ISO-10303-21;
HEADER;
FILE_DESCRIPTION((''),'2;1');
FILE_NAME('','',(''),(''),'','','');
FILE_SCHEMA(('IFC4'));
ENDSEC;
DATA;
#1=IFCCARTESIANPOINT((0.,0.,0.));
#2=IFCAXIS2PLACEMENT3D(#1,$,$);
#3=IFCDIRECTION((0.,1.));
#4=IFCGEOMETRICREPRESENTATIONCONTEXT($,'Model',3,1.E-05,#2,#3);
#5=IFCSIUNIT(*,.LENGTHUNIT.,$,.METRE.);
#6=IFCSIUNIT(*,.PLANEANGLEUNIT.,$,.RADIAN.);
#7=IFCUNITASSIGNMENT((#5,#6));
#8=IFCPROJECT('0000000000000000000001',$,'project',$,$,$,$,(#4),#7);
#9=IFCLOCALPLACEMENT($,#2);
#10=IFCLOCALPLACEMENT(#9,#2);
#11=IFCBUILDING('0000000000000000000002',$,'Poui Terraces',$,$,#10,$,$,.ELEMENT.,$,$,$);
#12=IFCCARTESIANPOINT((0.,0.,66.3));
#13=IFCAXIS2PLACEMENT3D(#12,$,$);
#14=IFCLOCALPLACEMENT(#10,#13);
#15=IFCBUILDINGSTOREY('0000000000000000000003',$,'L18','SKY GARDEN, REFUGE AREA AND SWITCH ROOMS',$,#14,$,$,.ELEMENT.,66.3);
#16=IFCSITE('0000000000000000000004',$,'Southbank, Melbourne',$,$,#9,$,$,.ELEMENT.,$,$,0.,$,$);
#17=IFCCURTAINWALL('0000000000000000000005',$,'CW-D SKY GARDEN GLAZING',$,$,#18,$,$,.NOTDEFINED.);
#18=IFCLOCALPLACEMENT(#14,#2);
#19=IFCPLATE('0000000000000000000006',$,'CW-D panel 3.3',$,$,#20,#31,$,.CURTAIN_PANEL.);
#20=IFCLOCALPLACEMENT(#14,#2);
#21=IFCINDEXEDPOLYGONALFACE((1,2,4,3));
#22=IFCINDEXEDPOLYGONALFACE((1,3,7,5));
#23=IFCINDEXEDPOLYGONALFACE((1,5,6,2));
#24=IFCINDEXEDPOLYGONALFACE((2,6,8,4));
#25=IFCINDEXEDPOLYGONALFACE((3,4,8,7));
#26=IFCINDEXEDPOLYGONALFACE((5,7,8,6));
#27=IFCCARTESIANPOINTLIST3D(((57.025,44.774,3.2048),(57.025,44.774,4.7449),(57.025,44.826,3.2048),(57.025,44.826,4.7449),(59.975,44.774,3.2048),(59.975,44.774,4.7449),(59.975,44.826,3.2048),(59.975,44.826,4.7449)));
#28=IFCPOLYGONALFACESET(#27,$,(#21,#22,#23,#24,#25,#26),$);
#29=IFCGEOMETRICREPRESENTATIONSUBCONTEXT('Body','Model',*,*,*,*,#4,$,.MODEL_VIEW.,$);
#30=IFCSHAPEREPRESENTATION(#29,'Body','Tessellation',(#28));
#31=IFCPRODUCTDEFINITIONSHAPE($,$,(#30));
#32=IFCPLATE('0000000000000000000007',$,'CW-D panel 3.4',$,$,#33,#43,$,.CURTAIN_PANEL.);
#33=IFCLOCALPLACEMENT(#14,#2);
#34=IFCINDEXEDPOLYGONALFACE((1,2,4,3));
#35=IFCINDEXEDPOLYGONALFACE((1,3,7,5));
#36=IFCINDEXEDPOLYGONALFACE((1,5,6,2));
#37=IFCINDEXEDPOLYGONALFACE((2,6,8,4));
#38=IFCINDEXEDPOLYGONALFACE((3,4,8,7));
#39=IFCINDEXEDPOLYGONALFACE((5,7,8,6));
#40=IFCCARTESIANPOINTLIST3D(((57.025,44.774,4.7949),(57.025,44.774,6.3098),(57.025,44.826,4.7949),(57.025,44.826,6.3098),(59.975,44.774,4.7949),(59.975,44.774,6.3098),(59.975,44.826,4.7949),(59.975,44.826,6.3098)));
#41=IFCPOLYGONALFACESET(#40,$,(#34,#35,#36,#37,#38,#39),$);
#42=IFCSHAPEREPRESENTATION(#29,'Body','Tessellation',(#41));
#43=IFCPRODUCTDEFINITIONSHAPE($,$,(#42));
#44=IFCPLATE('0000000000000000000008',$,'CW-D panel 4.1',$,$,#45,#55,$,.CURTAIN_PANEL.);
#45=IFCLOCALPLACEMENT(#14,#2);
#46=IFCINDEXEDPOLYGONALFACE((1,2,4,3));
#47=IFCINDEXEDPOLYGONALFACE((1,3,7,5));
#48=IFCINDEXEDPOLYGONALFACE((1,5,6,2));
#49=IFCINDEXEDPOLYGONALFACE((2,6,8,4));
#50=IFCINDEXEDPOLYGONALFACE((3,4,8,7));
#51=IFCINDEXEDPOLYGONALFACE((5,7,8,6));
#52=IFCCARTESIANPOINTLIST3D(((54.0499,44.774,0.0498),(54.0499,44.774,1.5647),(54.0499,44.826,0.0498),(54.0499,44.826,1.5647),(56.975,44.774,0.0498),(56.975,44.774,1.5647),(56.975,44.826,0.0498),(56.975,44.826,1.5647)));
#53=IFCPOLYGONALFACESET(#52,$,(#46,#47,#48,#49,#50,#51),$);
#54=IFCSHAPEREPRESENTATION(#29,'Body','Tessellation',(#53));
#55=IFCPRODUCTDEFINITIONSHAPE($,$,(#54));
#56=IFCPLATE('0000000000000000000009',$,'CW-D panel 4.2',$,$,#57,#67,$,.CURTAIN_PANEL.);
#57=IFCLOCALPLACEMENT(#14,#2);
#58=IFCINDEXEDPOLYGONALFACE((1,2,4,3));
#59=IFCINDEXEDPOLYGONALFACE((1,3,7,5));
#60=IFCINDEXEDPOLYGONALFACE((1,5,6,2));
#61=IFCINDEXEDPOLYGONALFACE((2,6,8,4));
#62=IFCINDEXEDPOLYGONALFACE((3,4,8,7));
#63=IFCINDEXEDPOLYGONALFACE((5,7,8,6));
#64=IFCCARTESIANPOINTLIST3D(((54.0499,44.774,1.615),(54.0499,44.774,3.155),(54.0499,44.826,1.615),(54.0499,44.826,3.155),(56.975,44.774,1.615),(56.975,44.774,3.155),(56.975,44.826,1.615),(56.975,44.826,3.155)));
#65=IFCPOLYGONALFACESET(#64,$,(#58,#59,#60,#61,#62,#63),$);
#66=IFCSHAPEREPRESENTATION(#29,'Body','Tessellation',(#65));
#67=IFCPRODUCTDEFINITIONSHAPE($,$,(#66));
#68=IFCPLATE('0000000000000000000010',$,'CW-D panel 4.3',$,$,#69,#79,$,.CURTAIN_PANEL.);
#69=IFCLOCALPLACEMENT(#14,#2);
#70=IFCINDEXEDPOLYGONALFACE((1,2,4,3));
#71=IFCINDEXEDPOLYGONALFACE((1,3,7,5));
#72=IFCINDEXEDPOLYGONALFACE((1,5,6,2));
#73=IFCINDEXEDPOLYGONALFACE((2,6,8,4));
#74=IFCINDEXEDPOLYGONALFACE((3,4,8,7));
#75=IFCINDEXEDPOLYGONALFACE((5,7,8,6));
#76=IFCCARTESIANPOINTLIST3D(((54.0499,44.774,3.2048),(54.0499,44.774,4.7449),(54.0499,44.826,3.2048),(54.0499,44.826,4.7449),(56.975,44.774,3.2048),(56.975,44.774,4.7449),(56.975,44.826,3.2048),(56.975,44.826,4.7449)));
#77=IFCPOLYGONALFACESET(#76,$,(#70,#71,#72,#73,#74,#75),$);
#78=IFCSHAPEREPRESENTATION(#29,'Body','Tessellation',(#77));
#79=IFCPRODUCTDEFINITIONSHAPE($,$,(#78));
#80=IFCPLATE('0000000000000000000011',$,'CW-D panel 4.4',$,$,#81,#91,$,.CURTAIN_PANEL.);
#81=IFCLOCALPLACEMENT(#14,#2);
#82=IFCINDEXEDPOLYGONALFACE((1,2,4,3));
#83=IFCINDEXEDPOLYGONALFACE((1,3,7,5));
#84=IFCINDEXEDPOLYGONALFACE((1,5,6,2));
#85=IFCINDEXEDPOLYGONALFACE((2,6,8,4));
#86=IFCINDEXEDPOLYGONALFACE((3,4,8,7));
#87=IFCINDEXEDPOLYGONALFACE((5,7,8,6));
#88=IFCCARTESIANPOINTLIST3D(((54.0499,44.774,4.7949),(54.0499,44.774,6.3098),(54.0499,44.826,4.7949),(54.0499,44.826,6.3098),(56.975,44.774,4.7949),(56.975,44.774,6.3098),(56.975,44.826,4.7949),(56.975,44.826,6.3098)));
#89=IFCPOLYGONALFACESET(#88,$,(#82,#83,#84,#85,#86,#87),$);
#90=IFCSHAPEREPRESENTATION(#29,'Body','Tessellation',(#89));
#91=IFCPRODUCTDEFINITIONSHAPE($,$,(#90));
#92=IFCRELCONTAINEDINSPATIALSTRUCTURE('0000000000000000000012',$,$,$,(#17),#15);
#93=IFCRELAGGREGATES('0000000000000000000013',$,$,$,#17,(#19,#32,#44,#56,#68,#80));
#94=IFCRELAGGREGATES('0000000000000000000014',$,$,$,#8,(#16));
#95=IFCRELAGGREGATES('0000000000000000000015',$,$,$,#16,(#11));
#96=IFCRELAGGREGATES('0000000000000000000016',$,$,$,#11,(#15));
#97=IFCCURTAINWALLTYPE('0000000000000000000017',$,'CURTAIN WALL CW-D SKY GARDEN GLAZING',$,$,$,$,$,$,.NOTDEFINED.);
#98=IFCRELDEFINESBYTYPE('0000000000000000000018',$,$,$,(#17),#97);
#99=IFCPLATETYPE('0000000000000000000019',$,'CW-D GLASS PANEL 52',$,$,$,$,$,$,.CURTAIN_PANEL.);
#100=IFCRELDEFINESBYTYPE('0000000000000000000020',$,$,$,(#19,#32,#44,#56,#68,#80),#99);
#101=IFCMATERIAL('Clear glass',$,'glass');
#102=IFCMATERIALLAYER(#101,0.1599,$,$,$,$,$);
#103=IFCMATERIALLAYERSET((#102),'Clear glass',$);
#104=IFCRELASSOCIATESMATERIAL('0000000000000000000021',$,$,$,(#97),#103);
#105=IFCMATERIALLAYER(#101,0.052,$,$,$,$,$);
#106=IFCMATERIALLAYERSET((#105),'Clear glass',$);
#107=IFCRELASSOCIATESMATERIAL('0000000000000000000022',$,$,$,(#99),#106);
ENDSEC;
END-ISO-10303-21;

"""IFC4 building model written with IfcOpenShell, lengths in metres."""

from ifc_helpers import new_model, si_unit, direction, frame, origin, origin_2d, place, context, subcontext, project, spatial, rectangle, extrude, material, layer, layer_set, type_object, element, aggregate, save


model = new_model("IFC4")

# Units and contexts
model_context = context("Model", 3, precision=1e-05, world=origin(), true_north=direction((0.0, 1.0)))
body_context = subcontext(model_context, "Body", "Model", "MODEL_VIEW")
ifc_project = project(units=[si_unit("LENGTHUNIT", "METRE"), si_unit("PLANEANGLEUNIT", "RADIAN")], contexts=[model_context])

# Site, building, storey
site_placement = place(None, origin())
site = spatial("IfcSite", under=ifc_project, at=site_placement, Name="Southbank, Melbourne", CompositionType="ELEMENT", RefElevation=0.0)
building_placement = place(site_placement, origin())
building = spatial("IfcBuilding", under=site, at=building_placement, Name="Poui Terraces", CompositionType="ELEMENT")
storey_placement = place(building_placement, frame((0.0, 0.0, 66.3)))
storey = spatial("IfcBuildingStorey", under=building, at=storey_placement, Name="L18", Description="SKY GARDEN, REFUGE AREA AND SWITCH ROOMS", CompositionType="ELEMENT", Elevation=66.3)

# Curtain wall
ifc_material_1 = material(Name="Clear glass", Category="glass")
ifc_layer_1 = layer(ifc_material_1, 0.1599)
ifc_layer_set_1 = layer_set([ifc_layer_1], Name="Clear glass")
curtain_wall_type = type_object("IfcCurtainWallType", Name="CURTAIN WALL CW-D SKY GARDEN GLAZING", PredefinedType="NOTDEFINED", material=ifc_layer_set_1)
curtain_wall_1_placement = place(storey_placement, origin())
curtain_wall_1 = element("IfcCurtainWall", 1, at=curtain_wall_1_placement, inside=storey, type_object=curtain_wall_type, Name="CW-D SKY GARDEN GLAZING", PredefinedType="NOTDEFINED")

# Plates
ifc_layer_2 = layer(ifc_material_1, 0.052)
ifc_layer_set_2 = layer_set([ifc_layer_2], Name="Clear glass")
plate_type = type_object("IfcPlateType", Name="CW-D GLASS PANEL 52", PredefinedType="CURTAIN_PANEL", material=ifc_layer_set_2)
plate_1_placement = place(storey_placement, frame((58.5, 44.8, 3.2048), z_axis=(0.0, 0.0, 1.0), x_axis=(-1.0, 0.0, 0.0)))
plate_1 = element("IfcPlate", 2, at=plate_1_placement, type_object=plate_type, Name="CW-D panel 3.3", PredefinedType="CURTAIN_PANEL", context=body_context, shape_type="SweptSolid", body=[
    extrude(rectangle(XDim=2.95, YDim=0.052, at=origin_2d()), origin(), (0.0, 0.0, 1.0), 1.54),
])
plate_2_placement = place(storey_placement, frame((58.5, 44.8, 4.7949), z_axis=(0.0, 0.0, 1.0), x_axis=(-1.0, 0.0, 0.0)))
plate_2 = element("IfcPlate", 3, at=plate_2_placement, type_object=plate_type, Name="CW-D panel 3.4", PredefinedType="CURTAIN_PANEL", context=body_context, shape_type="SweptSolid", body=[
    extrude(rectangle(XDim=2.95, YDim=0.052, at=origin_2d()), origin(), (0.0, 0.0, 1.0), 1.5149),
])
plate_3_placement = place(storey_placement, frame((55.5125, 44.8, 0.0498), z_axis=(0.0, 0.0, 1.0), x_axis=(-1.0, 0.0, 0.0)))
plate_3 = element("IfcPlate", 4, at=plate_3_placement, type_object=plate_type, Name="CW-D panel 4.1", PredefinedType="CURTAIN_PANEL", context=body_context, shape_type="SweptSolid", body=[
    extrude(rectangle(XDim=2.925, YDim=0.052, at=origin_2d()), origin(), (0.0, 0.0, 1.0), 1.5149),
])
plate_4_placement = place(storey_placement, frame((55.5125, 44.8, 1.615), z_axis=(0.0, 0.0, 1.0), x_axis=(-1.0, 0.0, 0.0)))
plate_4 = element("IfcPlate", 5, at=plate_4_placement, type_object=plate_type, Name="CW-D panel 4.2", PredefinedType="CURTAIN_PANEL", context=body_context, shape_type="SweptSolid", body=[
    extrude(rectangle(XDim=2.925, YDim=0.052, at=origin_2d()), origin(), (0.0, 0.0, 1.0), 1.54),
])
plate_5_placement = place(storey_placement, frame((55.5125, 44.8, 3.2048), z_axis=(0.0, 0.0, 1.0), x_axis=(-1.0, 0.0, 0.0)))
plate_5 = element("IfcPlate", 6, at=plate_5_placement, type_object=plate_type, Name="CW-D panel 4.3", PredefinedType="CURTAIN_PANEL", context=body_context, shape_type="SweptSolid", body=[
    extrude(rectangle(XDim=2.925, YDim=0.052, at=origin_2d()), origin(), (0.0, 0.0, 1.0), 1.54),
])
plate_6_placement = place(storey_placement, frame((55.5125, 44.8, 4.7949), z_axis=(0.0, 0.0, 1.0), x_axis=(-1.0, 0.0, 0.0)))
plate_6 = element("IfcPlate", 7, at=plate_6_placement, type_object=plate_type, Name="CW-D panel 4.4", PredefinedType="CURTAIN_PANEL", context=body_context, shape_type="SweptSolid", body=[
    extrude(rectangle(XDim=2.925, YDim=0.052, at=origin_2d()), origin(), (0.0, 0.0, 1.0), 1.5149),
])
aggregate(curtain_wall_1, [plate_1, plate_2, plate_3, plate_4, plate_5, plate_6])

save(model, "model.ifc")
